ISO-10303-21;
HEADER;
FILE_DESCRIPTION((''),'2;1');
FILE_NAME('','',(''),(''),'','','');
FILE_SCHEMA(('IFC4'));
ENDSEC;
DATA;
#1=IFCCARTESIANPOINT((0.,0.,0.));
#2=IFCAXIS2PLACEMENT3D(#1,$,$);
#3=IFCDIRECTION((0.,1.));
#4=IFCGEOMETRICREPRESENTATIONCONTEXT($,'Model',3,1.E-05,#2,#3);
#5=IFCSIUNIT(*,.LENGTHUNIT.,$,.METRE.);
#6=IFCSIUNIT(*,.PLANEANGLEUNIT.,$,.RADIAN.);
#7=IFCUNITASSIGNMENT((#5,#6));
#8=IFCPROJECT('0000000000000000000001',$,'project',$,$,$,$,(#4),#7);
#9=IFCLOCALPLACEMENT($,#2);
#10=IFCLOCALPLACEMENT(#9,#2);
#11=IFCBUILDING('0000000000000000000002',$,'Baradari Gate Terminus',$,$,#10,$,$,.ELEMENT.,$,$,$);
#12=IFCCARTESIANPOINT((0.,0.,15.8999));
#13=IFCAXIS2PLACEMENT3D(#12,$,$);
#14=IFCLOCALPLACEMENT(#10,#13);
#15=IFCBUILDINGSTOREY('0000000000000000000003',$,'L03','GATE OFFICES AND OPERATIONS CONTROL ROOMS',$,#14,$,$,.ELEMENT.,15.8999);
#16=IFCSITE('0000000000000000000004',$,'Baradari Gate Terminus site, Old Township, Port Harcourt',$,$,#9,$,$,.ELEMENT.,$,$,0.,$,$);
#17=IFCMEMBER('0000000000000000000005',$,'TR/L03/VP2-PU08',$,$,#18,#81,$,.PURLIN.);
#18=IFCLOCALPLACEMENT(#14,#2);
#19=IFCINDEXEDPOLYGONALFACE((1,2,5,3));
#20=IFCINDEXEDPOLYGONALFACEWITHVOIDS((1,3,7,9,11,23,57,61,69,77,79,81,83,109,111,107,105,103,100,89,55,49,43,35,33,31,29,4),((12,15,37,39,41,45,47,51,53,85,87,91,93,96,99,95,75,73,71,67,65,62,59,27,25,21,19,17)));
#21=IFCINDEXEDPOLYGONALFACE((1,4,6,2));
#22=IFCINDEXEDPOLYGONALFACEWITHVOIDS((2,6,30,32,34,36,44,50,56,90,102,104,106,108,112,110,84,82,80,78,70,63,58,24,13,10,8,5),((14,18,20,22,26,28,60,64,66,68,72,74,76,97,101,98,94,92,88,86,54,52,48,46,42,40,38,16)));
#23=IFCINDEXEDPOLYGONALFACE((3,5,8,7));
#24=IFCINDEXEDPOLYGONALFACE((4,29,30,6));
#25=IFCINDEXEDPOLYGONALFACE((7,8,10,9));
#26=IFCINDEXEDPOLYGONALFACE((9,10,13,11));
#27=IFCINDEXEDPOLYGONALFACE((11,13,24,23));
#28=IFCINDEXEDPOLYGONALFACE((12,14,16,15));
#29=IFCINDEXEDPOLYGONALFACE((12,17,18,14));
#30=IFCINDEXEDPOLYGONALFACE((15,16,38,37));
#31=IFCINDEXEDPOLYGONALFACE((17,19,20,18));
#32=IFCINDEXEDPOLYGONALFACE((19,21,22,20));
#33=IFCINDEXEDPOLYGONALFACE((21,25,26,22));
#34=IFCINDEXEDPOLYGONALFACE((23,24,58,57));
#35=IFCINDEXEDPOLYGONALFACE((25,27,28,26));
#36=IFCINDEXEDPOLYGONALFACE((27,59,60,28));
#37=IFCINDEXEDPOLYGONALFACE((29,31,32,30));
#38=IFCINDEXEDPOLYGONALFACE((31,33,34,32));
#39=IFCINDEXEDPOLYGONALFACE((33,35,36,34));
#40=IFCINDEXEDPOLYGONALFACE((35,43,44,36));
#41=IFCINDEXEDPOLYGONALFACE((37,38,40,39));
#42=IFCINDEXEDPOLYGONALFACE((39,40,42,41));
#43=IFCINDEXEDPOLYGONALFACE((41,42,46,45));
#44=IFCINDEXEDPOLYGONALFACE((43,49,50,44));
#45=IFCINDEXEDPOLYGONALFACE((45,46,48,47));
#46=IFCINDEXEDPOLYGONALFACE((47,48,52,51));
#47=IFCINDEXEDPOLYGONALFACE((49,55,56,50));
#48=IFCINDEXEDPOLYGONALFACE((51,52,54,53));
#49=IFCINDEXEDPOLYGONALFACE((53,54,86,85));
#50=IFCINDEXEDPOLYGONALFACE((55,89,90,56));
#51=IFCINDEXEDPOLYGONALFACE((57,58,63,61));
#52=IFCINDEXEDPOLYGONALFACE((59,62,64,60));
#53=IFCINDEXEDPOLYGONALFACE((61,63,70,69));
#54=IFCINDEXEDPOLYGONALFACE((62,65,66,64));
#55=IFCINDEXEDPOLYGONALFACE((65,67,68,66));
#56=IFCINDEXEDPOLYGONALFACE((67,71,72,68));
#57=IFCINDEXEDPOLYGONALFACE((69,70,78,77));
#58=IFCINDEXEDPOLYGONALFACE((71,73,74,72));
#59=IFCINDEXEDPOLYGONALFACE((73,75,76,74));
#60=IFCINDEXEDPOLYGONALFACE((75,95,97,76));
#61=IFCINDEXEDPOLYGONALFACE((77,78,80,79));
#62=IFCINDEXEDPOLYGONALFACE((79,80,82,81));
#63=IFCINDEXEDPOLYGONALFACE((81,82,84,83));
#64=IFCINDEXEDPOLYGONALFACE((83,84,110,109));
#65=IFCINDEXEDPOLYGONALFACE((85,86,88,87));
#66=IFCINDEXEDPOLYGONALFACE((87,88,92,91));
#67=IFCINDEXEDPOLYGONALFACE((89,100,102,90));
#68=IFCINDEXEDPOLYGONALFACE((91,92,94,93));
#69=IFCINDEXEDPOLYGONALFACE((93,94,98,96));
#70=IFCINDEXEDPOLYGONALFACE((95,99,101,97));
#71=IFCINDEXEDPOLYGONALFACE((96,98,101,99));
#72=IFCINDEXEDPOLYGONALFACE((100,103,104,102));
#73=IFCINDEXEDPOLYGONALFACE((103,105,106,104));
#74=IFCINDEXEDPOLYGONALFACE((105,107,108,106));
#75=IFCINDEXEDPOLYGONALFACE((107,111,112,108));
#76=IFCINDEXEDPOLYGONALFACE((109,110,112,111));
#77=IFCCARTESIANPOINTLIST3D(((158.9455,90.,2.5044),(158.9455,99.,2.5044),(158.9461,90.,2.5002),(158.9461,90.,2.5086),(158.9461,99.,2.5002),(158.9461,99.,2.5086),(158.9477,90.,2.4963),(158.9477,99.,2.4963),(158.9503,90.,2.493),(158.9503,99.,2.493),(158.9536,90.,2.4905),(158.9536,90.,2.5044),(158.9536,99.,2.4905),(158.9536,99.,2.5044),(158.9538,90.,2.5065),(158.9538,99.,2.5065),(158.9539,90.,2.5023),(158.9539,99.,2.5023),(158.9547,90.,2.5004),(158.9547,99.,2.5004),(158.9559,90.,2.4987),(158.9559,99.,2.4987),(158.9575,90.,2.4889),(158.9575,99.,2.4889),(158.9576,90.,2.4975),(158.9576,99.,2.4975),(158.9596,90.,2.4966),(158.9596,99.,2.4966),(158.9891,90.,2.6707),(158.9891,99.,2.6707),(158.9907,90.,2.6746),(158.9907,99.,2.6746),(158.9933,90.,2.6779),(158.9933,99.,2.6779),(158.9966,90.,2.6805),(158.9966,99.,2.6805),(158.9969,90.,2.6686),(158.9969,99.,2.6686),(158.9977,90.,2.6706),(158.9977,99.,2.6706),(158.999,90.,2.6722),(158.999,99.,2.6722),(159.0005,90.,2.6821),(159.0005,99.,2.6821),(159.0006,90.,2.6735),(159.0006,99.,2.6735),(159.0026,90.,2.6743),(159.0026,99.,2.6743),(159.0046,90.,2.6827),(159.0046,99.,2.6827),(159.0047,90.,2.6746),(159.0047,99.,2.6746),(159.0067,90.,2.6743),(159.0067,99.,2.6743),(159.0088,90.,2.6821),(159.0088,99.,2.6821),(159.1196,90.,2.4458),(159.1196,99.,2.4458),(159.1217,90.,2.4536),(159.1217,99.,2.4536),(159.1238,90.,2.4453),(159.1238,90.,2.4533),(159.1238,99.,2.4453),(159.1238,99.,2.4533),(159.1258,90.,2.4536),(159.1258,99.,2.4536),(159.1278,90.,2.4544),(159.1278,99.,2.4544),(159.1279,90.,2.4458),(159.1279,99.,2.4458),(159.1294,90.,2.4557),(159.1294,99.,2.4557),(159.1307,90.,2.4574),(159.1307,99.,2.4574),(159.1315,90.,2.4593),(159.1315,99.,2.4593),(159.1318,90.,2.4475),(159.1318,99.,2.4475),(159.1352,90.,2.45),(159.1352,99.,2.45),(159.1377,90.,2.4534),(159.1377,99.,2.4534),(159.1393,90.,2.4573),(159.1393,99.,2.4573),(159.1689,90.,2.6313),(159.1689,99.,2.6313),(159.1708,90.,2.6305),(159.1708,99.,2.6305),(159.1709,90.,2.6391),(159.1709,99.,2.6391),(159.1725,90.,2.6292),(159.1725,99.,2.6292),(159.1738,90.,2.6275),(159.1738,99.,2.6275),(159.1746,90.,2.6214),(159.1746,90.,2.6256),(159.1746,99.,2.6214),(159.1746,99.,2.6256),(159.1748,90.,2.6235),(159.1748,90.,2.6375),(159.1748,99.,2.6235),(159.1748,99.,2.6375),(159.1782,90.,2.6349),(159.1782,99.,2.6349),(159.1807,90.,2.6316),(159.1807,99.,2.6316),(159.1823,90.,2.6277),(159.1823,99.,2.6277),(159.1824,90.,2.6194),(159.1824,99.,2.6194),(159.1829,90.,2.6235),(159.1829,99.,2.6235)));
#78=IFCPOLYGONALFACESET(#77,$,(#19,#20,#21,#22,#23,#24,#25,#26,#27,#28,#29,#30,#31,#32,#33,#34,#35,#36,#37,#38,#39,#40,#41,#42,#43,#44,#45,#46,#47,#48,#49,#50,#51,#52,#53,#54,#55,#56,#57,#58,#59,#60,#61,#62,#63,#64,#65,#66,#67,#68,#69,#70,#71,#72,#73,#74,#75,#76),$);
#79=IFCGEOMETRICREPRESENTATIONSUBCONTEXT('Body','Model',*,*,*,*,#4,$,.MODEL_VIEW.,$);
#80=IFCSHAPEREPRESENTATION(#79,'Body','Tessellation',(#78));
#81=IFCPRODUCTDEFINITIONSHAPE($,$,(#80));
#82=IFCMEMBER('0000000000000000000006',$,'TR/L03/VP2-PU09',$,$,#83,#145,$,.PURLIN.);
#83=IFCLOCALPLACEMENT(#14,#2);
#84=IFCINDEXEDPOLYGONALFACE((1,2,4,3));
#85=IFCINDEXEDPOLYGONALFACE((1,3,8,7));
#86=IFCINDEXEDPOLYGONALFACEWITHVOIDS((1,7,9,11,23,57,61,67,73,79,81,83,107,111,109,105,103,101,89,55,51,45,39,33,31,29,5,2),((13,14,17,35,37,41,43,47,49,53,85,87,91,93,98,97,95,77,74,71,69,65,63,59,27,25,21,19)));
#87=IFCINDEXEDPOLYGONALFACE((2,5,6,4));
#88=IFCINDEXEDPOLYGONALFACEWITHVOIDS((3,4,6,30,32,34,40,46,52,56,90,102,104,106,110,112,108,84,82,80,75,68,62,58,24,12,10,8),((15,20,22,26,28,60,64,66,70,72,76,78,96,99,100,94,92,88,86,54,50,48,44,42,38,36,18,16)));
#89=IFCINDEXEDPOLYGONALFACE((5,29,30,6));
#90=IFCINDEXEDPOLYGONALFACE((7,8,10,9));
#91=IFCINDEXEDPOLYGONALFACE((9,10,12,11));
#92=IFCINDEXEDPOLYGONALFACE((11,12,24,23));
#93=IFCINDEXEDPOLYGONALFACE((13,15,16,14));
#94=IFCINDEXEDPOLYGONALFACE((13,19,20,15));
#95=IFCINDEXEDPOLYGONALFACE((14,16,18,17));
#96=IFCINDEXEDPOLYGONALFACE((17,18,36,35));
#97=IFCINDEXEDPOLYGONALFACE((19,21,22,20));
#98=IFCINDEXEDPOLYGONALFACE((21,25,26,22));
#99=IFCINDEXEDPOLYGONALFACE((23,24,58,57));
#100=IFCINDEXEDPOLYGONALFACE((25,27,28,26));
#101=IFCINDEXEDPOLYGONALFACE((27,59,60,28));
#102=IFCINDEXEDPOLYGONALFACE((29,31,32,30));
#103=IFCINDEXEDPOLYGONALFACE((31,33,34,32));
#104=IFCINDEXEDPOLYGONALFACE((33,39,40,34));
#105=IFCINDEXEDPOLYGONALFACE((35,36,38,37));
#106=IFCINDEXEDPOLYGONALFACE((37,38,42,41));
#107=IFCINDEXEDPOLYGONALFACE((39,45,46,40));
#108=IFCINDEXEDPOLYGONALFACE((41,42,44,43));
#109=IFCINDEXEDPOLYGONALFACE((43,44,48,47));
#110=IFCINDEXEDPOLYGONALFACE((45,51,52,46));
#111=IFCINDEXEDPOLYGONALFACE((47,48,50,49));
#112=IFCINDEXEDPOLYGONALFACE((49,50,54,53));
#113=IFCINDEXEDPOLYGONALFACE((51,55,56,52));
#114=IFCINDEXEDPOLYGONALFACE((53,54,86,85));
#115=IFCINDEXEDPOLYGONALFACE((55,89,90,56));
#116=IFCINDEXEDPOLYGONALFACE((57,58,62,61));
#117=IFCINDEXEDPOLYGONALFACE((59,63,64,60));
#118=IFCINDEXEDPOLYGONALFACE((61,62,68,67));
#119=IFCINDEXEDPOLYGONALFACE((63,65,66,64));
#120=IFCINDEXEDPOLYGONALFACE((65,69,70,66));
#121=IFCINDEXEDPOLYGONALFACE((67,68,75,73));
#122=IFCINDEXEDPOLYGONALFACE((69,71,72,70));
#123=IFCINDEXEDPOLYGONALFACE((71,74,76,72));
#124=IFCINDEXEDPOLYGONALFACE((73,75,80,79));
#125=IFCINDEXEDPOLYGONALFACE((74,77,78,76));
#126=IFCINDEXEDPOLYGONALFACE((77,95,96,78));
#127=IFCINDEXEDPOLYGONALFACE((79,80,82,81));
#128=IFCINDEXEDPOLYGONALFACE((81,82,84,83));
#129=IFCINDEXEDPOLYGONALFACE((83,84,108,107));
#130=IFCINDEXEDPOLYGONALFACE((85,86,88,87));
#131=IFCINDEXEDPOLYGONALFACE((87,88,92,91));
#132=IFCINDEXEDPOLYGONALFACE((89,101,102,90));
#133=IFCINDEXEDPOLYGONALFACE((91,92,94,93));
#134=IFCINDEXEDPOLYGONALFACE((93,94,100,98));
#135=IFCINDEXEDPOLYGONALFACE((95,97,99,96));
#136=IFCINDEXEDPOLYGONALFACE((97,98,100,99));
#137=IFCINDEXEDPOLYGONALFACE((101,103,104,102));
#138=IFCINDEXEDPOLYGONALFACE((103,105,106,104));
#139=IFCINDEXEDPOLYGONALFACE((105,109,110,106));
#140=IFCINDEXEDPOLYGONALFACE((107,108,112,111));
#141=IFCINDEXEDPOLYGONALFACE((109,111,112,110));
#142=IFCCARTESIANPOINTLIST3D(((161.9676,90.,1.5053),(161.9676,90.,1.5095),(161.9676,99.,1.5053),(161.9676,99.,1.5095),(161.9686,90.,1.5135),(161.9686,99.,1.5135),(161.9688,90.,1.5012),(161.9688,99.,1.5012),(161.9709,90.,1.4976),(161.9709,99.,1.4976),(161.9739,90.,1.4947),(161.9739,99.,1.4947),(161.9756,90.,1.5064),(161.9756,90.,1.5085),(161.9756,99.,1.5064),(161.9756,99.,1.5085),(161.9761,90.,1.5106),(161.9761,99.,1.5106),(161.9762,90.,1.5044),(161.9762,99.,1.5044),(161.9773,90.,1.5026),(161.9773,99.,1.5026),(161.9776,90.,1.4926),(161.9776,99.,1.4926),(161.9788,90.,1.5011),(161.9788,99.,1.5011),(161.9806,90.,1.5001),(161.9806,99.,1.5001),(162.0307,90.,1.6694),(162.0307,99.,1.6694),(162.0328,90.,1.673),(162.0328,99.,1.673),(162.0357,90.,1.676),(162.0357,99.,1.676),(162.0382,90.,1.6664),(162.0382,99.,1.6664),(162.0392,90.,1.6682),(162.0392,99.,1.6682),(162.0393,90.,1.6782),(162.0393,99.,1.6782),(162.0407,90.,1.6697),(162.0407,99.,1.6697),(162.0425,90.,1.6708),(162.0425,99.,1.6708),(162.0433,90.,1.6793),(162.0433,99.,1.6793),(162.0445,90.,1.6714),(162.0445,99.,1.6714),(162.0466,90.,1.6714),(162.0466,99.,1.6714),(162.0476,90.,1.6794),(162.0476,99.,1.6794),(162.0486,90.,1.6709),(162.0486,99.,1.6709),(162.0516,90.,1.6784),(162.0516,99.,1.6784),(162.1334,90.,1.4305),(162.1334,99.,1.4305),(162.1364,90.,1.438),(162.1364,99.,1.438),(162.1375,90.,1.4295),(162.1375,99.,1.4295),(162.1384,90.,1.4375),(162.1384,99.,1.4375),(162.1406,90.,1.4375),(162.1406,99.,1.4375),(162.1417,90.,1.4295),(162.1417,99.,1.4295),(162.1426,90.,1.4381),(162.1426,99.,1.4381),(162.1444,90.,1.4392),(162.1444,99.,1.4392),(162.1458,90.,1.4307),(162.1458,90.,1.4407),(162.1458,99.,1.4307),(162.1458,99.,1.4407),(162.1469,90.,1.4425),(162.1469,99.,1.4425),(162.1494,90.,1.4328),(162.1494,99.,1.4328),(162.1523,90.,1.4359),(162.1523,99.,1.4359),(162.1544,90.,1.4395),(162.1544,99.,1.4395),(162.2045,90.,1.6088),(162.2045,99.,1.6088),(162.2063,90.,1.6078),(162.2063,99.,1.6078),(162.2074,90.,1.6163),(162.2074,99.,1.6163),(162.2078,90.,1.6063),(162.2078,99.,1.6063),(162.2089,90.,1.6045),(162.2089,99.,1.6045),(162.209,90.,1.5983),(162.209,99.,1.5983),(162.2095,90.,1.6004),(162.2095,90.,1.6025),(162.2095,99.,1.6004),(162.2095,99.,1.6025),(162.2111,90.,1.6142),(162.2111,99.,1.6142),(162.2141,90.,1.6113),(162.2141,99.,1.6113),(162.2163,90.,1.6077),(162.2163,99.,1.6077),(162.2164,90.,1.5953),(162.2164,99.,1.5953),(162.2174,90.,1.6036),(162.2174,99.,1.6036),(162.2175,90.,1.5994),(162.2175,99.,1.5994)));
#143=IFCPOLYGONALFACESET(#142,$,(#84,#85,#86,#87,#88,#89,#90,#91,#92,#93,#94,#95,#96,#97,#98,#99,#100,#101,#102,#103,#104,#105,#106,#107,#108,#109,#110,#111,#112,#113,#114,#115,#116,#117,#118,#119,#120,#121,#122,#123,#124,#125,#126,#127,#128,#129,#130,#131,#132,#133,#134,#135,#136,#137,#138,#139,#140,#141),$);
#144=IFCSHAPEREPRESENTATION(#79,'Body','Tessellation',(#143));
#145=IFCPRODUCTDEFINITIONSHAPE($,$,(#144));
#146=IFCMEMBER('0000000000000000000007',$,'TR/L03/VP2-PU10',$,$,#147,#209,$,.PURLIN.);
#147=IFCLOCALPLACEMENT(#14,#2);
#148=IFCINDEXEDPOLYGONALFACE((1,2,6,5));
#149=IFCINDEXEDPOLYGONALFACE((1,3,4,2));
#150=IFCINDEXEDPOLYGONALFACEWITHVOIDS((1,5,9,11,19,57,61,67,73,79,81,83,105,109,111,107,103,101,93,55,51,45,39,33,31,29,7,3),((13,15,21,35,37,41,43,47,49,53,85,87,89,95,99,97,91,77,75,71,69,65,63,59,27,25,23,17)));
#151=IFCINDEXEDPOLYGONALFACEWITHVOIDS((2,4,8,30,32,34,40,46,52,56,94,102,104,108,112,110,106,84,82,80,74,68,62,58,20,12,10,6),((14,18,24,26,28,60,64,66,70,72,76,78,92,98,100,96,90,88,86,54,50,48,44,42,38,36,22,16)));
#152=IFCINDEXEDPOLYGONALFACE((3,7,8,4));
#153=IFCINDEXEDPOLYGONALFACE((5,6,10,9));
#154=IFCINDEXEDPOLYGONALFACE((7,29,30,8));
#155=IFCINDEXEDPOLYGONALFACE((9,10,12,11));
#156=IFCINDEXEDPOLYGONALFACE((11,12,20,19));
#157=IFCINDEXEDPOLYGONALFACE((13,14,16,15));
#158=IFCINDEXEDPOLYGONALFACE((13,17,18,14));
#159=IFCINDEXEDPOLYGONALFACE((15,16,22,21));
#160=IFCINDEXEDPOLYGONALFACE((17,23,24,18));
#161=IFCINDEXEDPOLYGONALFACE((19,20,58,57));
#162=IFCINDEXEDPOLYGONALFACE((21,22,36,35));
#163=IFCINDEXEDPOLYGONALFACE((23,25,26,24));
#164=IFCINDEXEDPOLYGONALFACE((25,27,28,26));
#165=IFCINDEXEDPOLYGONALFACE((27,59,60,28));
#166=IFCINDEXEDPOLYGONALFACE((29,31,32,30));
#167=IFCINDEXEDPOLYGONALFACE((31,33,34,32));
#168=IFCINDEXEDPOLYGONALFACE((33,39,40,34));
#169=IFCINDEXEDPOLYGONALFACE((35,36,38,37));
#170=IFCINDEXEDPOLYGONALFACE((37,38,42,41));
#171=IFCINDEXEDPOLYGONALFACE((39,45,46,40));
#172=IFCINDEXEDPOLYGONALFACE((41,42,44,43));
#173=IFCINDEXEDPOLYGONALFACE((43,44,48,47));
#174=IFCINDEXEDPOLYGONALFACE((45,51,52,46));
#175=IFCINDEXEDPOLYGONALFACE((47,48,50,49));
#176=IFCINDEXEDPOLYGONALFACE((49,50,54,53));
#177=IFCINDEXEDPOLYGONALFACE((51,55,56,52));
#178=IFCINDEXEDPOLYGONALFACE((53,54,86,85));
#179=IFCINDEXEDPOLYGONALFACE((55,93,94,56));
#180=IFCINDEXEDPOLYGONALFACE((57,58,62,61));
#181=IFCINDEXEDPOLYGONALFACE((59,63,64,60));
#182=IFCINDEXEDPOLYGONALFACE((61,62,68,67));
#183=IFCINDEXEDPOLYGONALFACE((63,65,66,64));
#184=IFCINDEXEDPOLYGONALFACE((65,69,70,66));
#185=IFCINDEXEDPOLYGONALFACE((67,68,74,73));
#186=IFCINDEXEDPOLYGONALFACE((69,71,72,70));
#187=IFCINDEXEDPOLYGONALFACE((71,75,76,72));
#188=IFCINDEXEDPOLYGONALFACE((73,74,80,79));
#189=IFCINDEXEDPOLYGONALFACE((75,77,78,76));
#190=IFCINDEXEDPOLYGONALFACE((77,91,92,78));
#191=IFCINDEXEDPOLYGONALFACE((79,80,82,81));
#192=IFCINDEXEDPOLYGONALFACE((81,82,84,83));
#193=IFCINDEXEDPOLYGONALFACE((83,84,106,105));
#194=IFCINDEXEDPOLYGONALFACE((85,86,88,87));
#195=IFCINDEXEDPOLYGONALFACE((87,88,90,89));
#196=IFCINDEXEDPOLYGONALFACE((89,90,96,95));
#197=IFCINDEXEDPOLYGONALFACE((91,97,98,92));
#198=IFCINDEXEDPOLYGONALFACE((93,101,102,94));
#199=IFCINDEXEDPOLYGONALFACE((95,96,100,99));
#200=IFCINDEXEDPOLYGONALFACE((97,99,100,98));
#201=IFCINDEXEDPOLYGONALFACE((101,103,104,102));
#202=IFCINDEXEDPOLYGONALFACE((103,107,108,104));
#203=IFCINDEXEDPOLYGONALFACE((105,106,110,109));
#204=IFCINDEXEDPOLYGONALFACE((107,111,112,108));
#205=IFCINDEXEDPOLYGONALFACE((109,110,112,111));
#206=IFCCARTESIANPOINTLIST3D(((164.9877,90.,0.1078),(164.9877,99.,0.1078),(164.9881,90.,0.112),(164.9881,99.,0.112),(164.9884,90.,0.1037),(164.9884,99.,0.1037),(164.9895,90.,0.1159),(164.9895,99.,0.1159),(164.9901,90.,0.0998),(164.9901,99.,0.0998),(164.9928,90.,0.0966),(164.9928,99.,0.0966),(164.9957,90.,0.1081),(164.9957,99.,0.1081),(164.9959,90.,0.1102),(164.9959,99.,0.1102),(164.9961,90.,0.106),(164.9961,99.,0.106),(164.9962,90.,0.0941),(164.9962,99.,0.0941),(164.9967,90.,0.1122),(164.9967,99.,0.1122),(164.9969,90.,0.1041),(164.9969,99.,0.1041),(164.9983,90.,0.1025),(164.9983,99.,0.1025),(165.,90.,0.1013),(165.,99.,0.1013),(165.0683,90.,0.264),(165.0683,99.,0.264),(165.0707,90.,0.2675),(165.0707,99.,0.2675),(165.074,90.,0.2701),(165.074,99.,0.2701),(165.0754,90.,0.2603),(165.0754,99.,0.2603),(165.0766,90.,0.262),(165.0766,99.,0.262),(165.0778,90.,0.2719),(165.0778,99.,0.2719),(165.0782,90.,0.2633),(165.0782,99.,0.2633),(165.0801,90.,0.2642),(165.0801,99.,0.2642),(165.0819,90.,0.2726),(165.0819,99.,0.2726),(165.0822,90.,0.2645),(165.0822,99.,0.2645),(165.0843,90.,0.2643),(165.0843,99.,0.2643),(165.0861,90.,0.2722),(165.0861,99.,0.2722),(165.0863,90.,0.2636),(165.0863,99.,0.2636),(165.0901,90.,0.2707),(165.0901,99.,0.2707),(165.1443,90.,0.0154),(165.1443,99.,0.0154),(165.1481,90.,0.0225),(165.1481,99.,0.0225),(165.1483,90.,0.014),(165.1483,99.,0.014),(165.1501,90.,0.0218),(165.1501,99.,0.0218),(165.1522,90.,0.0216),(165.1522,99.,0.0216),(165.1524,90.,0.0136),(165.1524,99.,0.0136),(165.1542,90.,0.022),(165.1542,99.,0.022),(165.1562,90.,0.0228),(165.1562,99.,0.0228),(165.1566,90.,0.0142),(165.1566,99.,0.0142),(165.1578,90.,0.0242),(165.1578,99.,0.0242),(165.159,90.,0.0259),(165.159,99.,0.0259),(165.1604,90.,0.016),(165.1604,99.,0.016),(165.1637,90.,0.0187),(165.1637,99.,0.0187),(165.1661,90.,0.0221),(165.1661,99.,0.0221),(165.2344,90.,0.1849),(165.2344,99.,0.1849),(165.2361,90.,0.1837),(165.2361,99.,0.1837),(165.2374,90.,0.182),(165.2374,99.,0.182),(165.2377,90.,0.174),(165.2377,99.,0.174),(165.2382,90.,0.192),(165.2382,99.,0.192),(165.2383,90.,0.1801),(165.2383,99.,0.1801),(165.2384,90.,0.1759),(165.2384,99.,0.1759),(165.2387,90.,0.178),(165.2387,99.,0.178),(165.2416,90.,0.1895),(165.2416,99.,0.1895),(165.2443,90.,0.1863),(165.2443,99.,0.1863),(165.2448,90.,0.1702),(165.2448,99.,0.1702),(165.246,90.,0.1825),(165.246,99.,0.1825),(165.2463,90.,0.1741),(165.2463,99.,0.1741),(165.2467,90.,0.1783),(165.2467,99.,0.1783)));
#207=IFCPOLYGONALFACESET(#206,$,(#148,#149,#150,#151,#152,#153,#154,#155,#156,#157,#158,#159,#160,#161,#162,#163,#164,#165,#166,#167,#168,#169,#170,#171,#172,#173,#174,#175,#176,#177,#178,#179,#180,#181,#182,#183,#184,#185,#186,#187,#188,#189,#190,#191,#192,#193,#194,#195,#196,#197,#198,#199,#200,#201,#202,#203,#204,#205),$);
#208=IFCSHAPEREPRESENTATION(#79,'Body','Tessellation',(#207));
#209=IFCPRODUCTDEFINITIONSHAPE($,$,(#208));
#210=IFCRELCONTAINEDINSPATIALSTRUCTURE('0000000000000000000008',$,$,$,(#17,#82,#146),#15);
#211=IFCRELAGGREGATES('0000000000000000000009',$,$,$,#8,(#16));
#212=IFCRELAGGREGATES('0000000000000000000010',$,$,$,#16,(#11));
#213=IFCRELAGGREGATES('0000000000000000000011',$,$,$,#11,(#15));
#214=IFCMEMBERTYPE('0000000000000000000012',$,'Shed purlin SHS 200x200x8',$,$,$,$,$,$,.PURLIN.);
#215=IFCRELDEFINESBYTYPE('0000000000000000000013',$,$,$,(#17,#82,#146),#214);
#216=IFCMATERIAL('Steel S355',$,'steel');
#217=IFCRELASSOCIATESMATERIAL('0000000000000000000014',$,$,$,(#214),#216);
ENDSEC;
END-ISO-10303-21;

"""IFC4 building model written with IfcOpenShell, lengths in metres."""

from ifc_helpers import new_model, si_unit, direction, frame, origin, origin_2d, place, context, subcontext, project, spatial, hollow_rectangle, extrude, material, material_profile, profile_set, type_object, element, save


model = new_model("IFC4")

# Units and contexts
model_context = context("Model", 3, precision=1e-05, world=origin(), true_north=direction((0.0, 1.0)))
body_context = subcontext(model_context, "Body", "Model", "MODEL_VIEW")
ifc_project = project(units=[si_unit("LENGTHUNIT", "METRE"), si_unit("PLANEANGLEUNIT", "RADIAN")], contexts=[model_context])

# Site, building, storey
site_placement = place(None, origin())
site = spatial("IfcSite", under=ifc_project, at=site_placement, Name="Baradari Gate Terminus site, Old Township, Port Harcourt", CompositionType="ELEMENT", RefElevation=0.0)
building_placement = place(site_placement, origin())
building = spatial("IfcBuilding", under=site, at=building_placement, Name="Baradari Gate Terminus", CompositionType="ELEMENT")
storey_placement = place(building_placement, frame((0.0, 0.0, 15.8999)))
storey = spatial("IfcBuildingStorey", under=building, at=storey_placement, Name="L03", Description="GATE OFFICES AND OPERATIONS CONTROL ROOMS", CompositionType="ELEMENT", Elevation=15.8999)

# Members
ifc_material_1 = material(Name="Steel S355", Category="steel")
ifc_material_profile_1 = material_profile(ifc_material_1, hollow_rectangle(XDim=0.2, YDim=0.2, WallThickness=0.0081, InnerFilletRadius=0.0081, OuterFilletRadius=0.0161, at=origin_2d()), Name="SHS 200x200x8")
ifc_profile_set_1 = profile_set([ifc_material_profile_1], Name="Steel S355")
member_type_1 = type_object("IfcMemberType", Name="Shed purlin SHS 200x200x8", PredefinedType="PURLIN", material=ifc_profile_set_1)
for number, where, z_axis, x_axis, name in (
    (1, (159.0642, 90.0, 2.564), (0.0, 1.0, 0.0), (-0.9665, 0.0, 0.256668), "TR/L03/VP2-PU08"),
    (2, (162.0925, 90.0, 1.5544), (0.0, 1.0, 0.0), (-0.928965, 0.0, 0.370167), "TR/L03/VP2-PU09"),
    (3, (165.1172, 90.0, 0.1431), (0.0, 1.0, 0.0), (-0.883027, 0.0, 0.469322), "TR/L03/VP2-PU10"),
):
    element("IfcMember", number, at=place(storey_placement, frame(where, z_axis=z_axis, x_axis=x_axis)), inside=storey, type_object=member_type_1, Name=name, PredefinedType="PURLIN", context=body_context, shape_type="SweptSolid", body=[
        extrude(hollow_rectangle(XDim=0.2, YDim=0.2, WallThickness=0.0081, InnerFilletRadius=0.0081, OuterFilletRadius=0.0161, at=origin_2d()), origin(), (0.0, 0.0, 1.0), 9.0),
    ])

save(model, "model.ifc")
